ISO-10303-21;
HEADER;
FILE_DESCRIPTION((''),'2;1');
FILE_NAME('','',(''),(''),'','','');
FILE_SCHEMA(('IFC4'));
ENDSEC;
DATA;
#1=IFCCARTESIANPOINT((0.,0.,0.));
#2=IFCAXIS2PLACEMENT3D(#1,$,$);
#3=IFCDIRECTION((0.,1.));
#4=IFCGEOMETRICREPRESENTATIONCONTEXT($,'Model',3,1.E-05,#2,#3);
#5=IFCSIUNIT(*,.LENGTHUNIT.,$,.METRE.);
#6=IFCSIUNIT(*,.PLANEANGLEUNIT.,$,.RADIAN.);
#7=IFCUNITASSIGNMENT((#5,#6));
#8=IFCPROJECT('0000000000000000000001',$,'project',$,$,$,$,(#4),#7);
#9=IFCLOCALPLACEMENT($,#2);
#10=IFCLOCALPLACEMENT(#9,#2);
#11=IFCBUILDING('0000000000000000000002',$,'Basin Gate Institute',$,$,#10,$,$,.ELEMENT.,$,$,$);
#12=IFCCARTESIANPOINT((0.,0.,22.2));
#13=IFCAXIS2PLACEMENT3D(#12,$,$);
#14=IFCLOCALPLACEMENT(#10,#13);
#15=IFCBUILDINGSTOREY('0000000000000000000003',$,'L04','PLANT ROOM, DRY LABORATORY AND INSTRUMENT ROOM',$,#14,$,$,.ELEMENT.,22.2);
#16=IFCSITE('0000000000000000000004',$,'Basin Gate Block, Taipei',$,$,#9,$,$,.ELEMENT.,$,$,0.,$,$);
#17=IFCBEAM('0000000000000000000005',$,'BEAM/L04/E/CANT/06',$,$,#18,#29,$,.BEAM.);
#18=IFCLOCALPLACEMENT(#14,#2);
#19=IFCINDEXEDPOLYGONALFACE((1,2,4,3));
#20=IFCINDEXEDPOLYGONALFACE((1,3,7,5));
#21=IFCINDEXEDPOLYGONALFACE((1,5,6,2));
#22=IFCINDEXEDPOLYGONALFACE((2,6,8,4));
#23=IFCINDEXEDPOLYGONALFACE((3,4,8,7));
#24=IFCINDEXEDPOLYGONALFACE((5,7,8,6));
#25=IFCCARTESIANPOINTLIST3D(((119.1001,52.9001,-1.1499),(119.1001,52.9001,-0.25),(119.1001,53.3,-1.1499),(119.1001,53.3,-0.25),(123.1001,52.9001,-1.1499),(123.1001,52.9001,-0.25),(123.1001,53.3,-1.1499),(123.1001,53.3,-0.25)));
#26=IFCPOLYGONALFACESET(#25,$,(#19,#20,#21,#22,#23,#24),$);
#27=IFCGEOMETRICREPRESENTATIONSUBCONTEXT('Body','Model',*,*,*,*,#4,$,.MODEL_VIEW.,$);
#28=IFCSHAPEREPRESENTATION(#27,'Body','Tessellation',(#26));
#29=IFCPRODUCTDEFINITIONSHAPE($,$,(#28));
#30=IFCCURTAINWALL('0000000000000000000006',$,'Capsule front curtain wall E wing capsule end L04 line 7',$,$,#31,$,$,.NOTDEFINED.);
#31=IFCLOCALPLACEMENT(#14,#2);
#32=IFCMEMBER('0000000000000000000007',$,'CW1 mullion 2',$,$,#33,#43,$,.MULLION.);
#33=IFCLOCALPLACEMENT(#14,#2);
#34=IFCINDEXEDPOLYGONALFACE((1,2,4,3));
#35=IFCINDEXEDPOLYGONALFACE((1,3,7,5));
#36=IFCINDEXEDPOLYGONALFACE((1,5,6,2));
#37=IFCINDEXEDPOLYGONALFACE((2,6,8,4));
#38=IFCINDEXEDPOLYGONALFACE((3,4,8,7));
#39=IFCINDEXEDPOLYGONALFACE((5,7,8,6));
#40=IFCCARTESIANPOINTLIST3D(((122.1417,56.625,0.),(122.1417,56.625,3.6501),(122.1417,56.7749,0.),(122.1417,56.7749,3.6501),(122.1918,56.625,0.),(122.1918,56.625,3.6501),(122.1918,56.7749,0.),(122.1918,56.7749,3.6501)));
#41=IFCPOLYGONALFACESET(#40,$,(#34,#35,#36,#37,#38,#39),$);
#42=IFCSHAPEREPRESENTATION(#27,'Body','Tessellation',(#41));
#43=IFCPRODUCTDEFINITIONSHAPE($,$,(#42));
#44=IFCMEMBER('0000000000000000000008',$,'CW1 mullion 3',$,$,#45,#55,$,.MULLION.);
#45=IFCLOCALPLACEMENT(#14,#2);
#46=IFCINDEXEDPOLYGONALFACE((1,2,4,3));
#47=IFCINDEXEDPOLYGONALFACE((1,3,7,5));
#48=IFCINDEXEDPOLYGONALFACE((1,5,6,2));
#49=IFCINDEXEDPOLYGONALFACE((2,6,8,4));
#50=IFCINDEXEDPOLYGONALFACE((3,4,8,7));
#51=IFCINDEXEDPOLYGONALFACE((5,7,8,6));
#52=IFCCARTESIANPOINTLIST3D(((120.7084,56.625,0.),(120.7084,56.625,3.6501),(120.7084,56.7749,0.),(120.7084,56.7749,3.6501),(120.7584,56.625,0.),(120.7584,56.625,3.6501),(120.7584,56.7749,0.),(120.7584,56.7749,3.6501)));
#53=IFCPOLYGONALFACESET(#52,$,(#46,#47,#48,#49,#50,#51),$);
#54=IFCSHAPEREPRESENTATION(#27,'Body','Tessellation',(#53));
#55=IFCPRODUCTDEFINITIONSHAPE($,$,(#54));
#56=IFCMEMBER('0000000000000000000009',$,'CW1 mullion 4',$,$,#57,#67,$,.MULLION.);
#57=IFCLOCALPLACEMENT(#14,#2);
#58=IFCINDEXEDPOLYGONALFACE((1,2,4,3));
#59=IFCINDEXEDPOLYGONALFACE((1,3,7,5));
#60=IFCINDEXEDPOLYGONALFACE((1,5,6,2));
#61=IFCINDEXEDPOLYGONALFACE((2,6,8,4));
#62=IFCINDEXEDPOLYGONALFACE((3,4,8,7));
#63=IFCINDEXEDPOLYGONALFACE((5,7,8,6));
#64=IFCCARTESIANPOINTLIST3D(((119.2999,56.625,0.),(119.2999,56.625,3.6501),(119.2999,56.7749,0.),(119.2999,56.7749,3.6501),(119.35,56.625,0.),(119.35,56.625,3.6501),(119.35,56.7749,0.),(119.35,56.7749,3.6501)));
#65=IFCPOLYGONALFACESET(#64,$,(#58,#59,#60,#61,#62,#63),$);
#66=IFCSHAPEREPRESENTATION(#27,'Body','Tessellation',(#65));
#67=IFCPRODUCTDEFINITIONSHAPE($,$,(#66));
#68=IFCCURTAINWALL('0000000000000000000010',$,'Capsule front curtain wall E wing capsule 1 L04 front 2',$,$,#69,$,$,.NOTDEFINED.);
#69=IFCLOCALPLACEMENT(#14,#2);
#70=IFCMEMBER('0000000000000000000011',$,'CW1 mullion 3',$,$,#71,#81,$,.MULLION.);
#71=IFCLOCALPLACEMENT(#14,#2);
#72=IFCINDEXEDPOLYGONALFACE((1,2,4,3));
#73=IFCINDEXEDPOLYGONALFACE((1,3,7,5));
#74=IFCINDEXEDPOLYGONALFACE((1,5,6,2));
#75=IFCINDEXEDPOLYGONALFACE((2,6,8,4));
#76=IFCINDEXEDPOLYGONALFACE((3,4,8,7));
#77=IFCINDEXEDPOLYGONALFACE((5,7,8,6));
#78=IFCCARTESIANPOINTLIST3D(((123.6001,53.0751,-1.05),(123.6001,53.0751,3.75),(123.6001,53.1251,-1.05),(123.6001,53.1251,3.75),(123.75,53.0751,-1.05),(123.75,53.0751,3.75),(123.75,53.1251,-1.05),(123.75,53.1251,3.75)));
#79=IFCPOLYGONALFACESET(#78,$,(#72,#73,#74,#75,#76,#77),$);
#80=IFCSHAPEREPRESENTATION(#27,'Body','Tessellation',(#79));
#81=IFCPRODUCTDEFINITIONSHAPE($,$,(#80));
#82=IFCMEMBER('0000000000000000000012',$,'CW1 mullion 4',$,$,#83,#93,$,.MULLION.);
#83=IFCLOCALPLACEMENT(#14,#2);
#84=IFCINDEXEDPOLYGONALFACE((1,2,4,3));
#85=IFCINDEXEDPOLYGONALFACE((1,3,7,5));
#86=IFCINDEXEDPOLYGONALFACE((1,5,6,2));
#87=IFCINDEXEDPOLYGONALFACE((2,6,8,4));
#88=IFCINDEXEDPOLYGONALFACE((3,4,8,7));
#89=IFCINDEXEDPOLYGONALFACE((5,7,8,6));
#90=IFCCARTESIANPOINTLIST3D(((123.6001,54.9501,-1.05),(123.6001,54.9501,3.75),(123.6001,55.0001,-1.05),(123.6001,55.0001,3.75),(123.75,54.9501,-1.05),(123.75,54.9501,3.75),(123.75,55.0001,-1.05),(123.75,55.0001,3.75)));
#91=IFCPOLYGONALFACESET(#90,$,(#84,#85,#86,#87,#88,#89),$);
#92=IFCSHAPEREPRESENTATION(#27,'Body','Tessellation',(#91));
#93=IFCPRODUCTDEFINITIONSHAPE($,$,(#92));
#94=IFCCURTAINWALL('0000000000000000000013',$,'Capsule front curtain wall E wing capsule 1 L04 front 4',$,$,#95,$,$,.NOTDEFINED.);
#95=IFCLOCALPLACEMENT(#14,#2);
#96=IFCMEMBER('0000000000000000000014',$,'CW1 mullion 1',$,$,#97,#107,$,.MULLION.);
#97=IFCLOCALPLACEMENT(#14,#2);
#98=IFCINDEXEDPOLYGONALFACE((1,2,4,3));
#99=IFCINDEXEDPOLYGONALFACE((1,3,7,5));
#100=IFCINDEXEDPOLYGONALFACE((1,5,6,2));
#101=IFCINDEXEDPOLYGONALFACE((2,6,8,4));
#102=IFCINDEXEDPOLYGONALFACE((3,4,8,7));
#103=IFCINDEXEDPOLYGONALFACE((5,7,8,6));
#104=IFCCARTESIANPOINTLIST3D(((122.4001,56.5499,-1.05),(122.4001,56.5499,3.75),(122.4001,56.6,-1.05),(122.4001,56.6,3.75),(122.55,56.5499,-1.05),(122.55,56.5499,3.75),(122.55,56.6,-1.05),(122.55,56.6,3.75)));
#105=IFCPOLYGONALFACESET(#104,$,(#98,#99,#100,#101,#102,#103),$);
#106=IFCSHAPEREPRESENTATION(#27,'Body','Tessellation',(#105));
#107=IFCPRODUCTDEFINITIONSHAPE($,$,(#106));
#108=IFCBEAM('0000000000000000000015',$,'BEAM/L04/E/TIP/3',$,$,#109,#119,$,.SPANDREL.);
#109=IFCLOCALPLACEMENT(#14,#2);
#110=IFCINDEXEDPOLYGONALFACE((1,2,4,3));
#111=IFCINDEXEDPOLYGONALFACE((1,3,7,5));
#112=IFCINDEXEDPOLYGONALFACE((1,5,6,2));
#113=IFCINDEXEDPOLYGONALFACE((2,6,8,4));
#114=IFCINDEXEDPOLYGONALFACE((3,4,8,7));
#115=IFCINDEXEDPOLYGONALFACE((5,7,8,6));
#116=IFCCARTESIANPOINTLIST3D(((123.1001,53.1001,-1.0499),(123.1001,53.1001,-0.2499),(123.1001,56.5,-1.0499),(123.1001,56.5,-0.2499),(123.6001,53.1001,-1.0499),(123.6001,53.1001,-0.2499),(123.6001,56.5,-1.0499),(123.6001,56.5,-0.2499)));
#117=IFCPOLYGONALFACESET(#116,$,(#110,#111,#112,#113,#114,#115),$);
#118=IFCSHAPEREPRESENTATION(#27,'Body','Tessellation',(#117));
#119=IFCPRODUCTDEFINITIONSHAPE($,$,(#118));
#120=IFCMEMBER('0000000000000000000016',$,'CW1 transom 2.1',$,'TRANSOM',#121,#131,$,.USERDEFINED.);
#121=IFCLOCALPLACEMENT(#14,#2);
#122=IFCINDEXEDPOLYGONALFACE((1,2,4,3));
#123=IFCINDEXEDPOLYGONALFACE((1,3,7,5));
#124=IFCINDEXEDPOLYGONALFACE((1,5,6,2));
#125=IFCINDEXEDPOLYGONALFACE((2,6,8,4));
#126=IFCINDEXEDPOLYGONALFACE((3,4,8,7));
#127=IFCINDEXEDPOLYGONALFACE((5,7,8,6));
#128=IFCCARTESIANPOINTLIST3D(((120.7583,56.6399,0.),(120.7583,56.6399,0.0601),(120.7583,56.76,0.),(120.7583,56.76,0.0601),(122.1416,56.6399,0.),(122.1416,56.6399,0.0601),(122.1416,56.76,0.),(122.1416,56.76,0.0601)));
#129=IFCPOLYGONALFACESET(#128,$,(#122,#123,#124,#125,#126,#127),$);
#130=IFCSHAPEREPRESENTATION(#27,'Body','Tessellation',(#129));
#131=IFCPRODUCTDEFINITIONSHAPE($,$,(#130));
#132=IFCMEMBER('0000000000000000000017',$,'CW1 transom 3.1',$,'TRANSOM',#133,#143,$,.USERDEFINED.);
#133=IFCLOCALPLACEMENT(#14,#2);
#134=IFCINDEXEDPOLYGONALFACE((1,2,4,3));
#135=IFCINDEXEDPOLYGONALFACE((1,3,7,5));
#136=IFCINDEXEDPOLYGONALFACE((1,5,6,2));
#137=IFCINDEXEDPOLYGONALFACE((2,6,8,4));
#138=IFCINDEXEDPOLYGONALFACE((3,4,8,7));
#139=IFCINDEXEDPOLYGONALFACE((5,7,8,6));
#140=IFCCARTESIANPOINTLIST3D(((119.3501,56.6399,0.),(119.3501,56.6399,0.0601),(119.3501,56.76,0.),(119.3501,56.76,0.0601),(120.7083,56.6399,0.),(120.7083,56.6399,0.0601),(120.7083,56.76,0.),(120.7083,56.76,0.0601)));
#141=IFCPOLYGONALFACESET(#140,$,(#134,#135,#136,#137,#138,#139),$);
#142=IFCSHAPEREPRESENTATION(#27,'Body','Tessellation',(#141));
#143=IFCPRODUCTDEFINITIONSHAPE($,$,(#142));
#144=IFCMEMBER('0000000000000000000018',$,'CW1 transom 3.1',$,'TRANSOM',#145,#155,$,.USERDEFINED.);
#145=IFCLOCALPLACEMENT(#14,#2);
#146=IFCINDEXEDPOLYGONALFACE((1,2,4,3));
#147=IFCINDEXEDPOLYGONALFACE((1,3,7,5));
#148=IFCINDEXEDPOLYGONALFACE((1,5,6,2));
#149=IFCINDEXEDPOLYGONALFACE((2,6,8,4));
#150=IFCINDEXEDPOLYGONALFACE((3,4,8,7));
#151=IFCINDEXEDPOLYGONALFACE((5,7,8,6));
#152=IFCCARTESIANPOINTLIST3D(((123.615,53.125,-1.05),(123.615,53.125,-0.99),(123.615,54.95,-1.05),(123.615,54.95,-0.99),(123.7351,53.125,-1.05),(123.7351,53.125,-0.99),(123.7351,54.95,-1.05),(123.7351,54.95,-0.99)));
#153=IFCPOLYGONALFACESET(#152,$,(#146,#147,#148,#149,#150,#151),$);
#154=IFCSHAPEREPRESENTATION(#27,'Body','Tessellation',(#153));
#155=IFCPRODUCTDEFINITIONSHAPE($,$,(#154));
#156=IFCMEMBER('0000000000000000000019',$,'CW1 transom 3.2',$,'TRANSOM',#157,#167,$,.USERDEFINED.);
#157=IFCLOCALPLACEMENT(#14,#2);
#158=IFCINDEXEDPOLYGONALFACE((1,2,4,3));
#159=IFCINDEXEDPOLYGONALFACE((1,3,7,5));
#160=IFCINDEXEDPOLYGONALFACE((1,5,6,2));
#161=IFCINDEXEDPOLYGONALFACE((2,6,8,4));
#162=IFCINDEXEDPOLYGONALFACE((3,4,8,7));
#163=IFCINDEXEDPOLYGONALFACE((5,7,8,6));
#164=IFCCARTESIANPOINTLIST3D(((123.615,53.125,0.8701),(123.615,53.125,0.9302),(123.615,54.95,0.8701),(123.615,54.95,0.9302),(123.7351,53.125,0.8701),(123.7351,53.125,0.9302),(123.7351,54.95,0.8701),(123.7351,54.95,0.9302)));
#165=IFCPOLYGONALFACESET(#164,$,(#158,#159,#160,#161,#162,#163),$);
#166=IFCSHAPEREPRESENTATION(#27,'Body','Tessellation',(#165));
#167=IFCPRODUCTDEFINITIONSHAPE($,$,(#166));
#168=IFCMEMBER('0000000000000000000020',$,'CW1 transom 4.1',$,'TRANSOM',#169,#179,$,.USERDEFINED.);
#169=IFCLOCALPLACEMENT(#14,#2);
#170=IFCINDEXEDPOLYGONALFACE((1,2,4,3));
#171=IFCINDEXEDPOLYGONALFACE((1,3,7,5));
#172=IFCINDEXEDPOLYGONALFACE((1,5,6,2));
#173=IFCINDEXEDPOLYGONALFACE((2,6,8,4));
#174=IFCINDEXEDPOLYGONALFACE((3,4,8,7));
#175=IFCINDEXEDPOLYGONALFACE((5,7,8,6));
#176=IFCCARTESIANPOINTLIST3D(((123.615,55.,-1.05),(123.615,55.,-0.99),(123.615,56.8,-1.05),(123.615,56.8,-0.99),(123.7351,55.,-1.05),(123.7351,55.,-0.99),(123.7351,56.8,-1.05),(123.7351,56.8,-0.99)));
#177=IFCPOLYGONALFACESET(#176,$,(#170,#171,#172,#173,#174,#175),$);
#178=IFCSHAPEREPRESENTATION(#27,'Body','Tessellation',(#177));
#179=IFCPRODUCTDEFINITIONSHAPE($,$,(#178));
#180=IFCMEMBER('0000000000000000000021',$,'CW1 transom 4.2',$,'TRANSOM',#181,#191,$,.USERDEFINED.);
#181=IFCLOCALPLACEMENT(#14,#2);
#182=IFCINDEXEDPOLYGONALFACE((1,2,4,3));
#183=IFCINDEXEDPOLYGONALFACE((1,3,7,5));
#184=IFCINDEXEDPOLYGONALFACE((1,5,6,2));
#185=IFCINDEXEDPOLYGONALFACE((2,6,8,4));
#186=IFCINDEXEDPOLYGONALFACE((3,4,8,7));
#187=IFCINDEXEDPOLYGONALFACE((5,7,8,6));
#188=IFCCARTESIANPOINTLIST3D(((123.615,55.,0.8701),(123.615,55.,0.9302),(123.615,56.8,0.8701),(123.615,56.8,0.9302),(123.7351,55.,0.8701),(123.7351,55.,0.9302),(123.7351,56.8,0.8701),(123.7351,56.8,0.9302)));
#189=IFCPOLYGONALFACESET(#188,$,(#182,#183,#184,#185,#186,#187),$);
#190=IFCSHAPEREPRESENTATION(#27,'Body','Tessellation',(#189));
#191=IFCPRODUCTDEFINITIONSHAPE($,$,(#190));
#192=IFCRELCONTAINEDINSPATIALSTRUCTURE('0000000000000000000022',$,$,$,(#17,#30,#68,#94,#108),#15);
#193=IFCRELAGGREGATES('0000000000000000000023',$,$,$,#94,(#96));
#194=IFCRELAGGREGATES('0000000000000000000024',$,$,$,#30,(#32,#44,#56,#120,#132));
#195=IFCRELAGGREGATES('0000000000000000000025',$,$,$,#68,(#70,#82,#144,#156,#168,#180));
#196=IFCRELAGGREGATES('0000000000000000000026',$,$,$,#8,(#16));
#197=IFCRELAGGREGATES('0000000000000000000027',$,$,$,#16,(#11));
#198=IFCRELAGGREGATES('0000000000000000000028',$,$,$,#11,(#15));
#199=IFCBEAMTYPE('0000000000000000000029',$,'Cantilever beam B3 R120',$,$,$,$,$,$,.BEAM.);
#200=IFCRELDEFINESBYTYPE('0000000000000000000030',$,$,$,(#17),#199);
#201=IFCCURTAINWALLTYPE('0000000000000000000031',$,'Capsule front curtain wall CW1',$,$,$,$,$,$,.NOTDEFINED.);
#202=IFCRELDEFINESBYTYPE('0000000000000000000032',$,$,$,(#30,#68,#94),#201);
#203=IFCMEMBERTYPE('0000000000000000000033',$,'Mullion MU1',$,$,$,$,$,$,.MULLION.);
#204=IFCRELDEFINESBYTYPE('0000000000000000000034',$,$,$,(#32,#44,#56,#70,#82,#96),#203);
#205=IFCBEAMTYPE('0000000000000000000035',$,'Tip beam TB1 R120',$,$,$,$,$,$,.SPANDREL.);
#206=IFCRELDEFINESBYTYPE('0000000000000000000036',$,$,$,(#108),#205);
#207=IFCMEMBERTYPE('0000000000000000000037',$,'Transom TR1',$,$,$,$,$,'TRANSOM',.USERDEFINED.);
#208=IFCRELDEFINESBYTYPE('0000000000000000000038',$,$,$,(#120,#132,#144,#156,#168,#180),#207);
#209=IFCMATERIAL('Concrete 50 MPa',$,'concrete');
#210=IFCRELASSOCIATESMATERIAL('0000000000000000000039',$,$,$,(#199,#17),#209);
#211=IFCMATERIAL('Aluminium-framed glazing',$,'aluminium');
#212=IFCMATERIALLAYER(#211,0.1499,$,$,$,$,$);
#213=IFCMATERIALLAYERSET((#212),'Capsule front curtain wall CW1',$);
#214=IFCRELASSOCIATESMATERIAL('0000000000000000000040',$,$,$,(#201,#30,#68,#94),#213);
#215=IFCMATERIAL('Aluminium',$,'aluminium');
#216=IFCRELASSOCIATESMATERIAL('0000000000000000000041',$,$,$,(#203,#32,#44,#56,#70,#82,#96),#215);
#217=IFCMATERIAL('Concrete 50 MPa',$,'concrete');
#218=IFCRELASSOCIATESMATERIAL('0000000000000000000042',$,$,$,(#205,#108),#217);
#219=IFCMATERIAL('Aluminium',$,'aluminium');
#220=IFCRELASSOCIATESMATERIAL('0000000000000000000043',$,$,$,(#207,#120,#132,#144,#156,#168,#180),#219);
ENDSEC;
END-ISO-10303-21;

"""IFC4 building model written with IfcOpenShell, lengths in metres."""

from ifc_helpers import new_model, si_unit, direction, frame, origin, origin_2d, place, context, subcontext, project, spatial, rectangle, extrude, material, layer, layer_set, material_profile, profile_set, type_object, element, aggregate, save


model = new_model("IFC4")

# Units and contexts
model_context = context("Model", 3, precision=1e-05, world=origin(), true_north=direction((0.0, 1.0)))
body_context = subcontext(model_context, "Body", "Model", "MODEL_VIEW")
ifc_project = project(units=[si_unit("LENGTHUNIT", "METRE"), si_unit("PLANEANGLEUNIT", "RADIAN")], contexts=[model_context])

# Site, building, storey
site_placement = place(None, origin())
site = spatial("IfcSite", under=ifc_project, at=site_placement, Name="Basin Gate Block, Taipei", CompositionType="ELEMENT", RefElevation=0.0)
building_placement = place(site_placement, origin())
building = spatial("IfcBuilding", under=site, at=building_placement, Name="Basin Gate Institute", CompositionType="ELEMENT")
storey_placement = place(building_placement, frame((0.0, 0.0, 22.2)))
storey = spatial("IfcBuildingStorey", under=building, at=storey_placement, Name="L04", Description="PLANT ROOM, DRY LABORATORY AND INSTRUMENT ROOM", CompositionType="ELEMENT", Elevation=22.2)

# Beam
ifc_material_1 = material(Name="Concrete 50 MPa", Category="concrete")
ifc_material_profile_1 = material_profile(ifc_material_1, rectangle(XDim=0.3999, YDim=0.8999, at=origin_2d()), Name="Cantilever beam B3 400 x 900")
ifc_profile_set_1 = profile_set([ifc_material_profile_1], Name="Concrete 50 MPa")
beam_type_1 = type_object("IfcBeamType", Name="Cantilever beam B3 R120", PredefinedType="BEAM", material=ifc_profile_set_1)
beam_1_placement = place(storey_placement, frame((123.1001, 53.1001, -0.7), z_axis=(-1.0, 0.0, 0.0), x_axis=(0.0, -1.0, 0.0)))
element("IfcBeam", 1, at=beam_1_placement, inside=storey, type_object=beam_type_1, material=ifc_profile_set_1, Name="BEAM/L04/E/CANT/06", PredefinedType="BEAM", context=body_context, shape_type="SweptSolid", body=[
    extrude(rectangle(XDim=0.3999, YDim=0.8999, at=origin_2d()), origin(), (0.0, 0.0, 1.0), 4.0),
])

# Curtain walls, members
ifc_material_2 = material(Name="Aluminium-framed glazing", Category="aluminium")
ifc_layer_1 = layer(ifc_material_2, 0.1499)
ifc_layer_set_1 = layer_set([ifc_layer_1], Name="Capsule front curtain wall CW1")
curtain_wall_type = type_object("IfcCurtainWallType", Name="Capsule front curtain wall CW1", PredefinedType="NOTDEFINED", material=ifc_layer_set_1)
curtain_wall_1_placement = place(storey_placement, origin())
curtain_wall_1 = element("IfcCurtainWall", 2, at=curtain_wall_1_placement, inside=storey, type_object=curtain_wall_type, material=ifc_layer_set_1, Name="Capsule front curtain wall E wing capsule end L04 line 7", PredefinedType="NOTDEFINED")
ifc_material_3 = material(Name="Aluminium", Category="aluminium")
ifc_material_profile_2 = material_profile(ifc_material_3, rectangle(XDim=0.1499, YDim=0.05, at=origin_2d()), Name="Mullion MU1 150 x 50")
ifc_profile_set_2 = profile_set([ifc_material_profile_2], Name="Aluminium")
member_type_1 = type_object("IfcMemberType", Name="Mullion MU1", PredefinedType="MULLION", material=ifc_profile_set_2)
member_1_placement = place(storey_placement, frame((122.1667, 56.7, 0.0), z_axis=(0.0, 0.0, 1.0), x_axis=(0.0, -1.0, 0.0)))
member_1 = element("IfcMember", 3, at=member_1_placement, type_object=member_type_1, material=ifc_profile_set_2, Name="CW1 mullion 2", PredefinedType="MULLION", context=body_context, shape_type="SweptSolid", body=[
    extrude(rectangle(XDim=0.1499, YDim=0.05, at=origin_2d()), origin(), (0.0, 0.0, 1.0), 3.6501),
])
member_2_placement = place(storey_placement, frame((120.7334, 56.7, 0.0), z_axis=(0.0, 0.0, 1.0), x_axis=(0.0, -1.0, 0.0)))
member_2 = element("IfcMember", 4, at=member_2_placement, type_object=member_type_1, material=ifc_profile_set_2, Name="CW1 mullion 3", PredefinedType="MULLION", context=body_context, shape_type="SweptSolid", body=[
    extrude(rectangle(XDim=0.1499, YDim=0.05, at=origin_2d()), origin(), (0.0, 0.0, 1.0), 3.6501),
])
member_3_placement = place(storey_placement, frame((119.325, 56.7, 0.0), z_axis=(0.0, 0.0, 1.0), x_axis=(0.0, -1.0, 0.0)))
member_3 = element("IfcMember", 5, at=member_3_placement, type_object=member_type_1, material=ifc_profile_set_2, Name="CW1 mullion 4", PredefinedType="MULLION", context=body_context, shape_type="SweptSolid", body=[
    extrude(rectangle(XDim=0.1499, YDim=0.05, at=origin_2d()), origin(), (0.0, 0.0, 1.0), 3.6501),
])
curtain_wall_2_placement = place(storey_placement, origin())
curtain_wall_2 = element("IfcCurtainWall", 6, at=curtain_wall_2_placement, inside=storey, type_object=curtain_wall_type, material=ifc_layer_set_1, Name="Capsule front curtain wall E wing capsule 1 L04 front 2", PredefinedType="NOTDEFINED")
member_4_placement = place(storey_placement, frame((123.675, 53.1001, -1.05), z_axis=(0.0, 0.0, 1.0), x_axis=(-1.0, 0.0, 0.0)))
member_4 = element("IfcMember", 7, at=member_4_placement, type_object=member_type_1, material=ifc_profile_set_2, Name="CW1 mullion 3", PredefinedType="MULLION", context=body_context, shape_type="SweptSolid", body=[
    extrude(rectangle(XDim=0.1499, YDim=0.05, at=origin_2d()), origin(), (0.0, 0.0, 1.0), 4.8),
])
member_5_placement = place(storey_placement, frame((123.675, 54.9751, -1.05), z_axis=(0.0, 0.0, 1.0), x_axis=(-1.0, 0.0, 0.0)))
member_5 = element("IfcMember", 8, at=member_5_placement, type_object=member_type_1, material=ifc_profile_set_2, Name="CW1 mullion 4", PredefinedType="MULLION", context=body_context, shape_type="SweptSolid", body=[
    extrude(rectangle(XDim=0.1499, YDim=0.05, at=origin_2d()), origin(), (0.0, 0.0, 1.0), 4.8),
])

# Curtain wall, member
curtain_wall_3_placement = place(storey_placement, origin())
curtain_wall_3 = element("IfcCurtainWall", 9, at=curtain_wall_3_placement, inside=storey, type_object=curtain_wall_type, material=ifc_layer_set_1, Name="Capsule front curtain wall E wing capsule 1 L04 front 4", PredefinedType="NOTDEFINED")
member_6_placement = place(storey_placement, frame((122.4751, 56.575, -1.05), z_axis=(0.0, 0.0, 1.0), x_axis=(-1.0, 0.0, 0.0)))
member_6 = element("IfcMember", 10, at=member_6_placement, type_object=member_type_1, material=ifc_profile_set_2, Name="CW1 mullion 1", PredefinedType="MULLION", context=body_context, shape_type="SweptSolid", body=[
    extrude(rectangle(XDim=0.1499, YDim=0.05, at=origin_2d()), origin(), (0.0, 0.0, 1.0), 4.8),
])

# Beam
ifc_material_4 = material(Name="Concrete 50 MPa", Category="concrete")
ifc_material_profile_3 = material_profile(ifc_material_4, rectangle(XDim=0.5, YDim=0.8, at=origin_2d()), Name="Tip beam TB1 500 x 800")
ifc_profile_set_3 = profile_set([ifc_material_profile_3], Name="Concrete 50 MPa")
beam_type_2 = type_object("IfcBeamType", Name="Tip beam TB1 R120", PredefinedType="SPANDREL", material=ifc_profile_set_3)
beam_2_placement = place(storey_placement, frame((123.3501, 53.1001, -0.6499), z_axis=(0.0, 1.0, 0.0), x_axis=(-1.0, 0.0, 0.0)))
element("IfcBeam", 11, at=beam_2_placement, inside=storey, type_object=beam_type_2, material=ifc_profile_set_3, Name="BEAM/L04/E/TIP/3", PredefinedType="SPANDREL", context=body_context, shape_type="SweptSolid", body=[
    extrude(rectangle(XDim=0.5, YDim=0.8, at=origin_2d()), origin(), (0.0, 0.0, 1.0), 3.3999),
])

# Members
ifc_material_5 = material(Name="Aluminium", Category="aluminium")
ifc_material_profile_4 = material_profile(ifc_material_5, rectangle(XDim=0.1201, YDim=0.0601, at=origin_2d()), Name="Transom TR1 120 x 60")
ifc_profile_set_4 = profile_set([ifc_material_profile_4], Name="Aluminium")
member_type_2 = type_object("IfcMemberType", Name="Transom TR1", ElementType="TRANSOM", PredefinedType="USERDEFINED", material=ifc_profile_set_4)
member_7_placement = place(storey_placement, frame((122.1416, 56.7, 0.03), z_axis=(-1.0, 0.0, 0.0), x_axis=(0.0, -1.0, 0.0)))
member_7 = element("IfcMember", 12, at=member_7_placement, type_object=member_type_2, material=ifc_profile_set_4, Name="CW1 transom 2.1", ObjectType="TRANSOM", PredefinedType="USERDEFINED", context=body_context, shape_type="SweptSolid", body=[
    extrude(rectangle(XDim=0.1201, YDim=0.0601, at=origin_2d()), origin(), (0.0, 0.0, 1.0), 1.3833),
])
member_8_placement = place(storey_placement, frame((120.7083, 56.7, 0.03), z_axis=(-1.0, 0.0, 0.0), x_axis=(0.0, -1.0, 0.0)))
member_8 = element("IfcMember", 13, at=member_8_placement, type_object=member_type_2, material=ifc_profile_set_4, Name="CW1 transom 3.1", ObjectType="TRANSOM", PredefinedType="USERDEFINED", context=body_context, shape_type="SweptSolid", body=[
    extrude(rectangle(XDim=0.1201, YDim=0.0601, at=origin_2d()), origin(), (0.0, 0.0, 1.0), 1.3582),
])
member_9_placement = place(storey_placement, frame((123.675, 53.125, -1.02), z_axis=(0.0, 1.0, 0.0), x_axis=(-1.0, 0.0, 0.0)))
member_9 = element("IfcMember", 14, at=member_9_placement, type_object=member_type_2, material=ifc_profile_set_4, Name="CW1 transom 3.1", ObjectType="TRANSOM", PredefinedType="USERDEFINED", context=body_context, shape_type="SweptSolid", body=[
    extrude(rectangle(XDim=0.1201, YDim=0.0601, at=origin_2d()), origin(), (0.0, 0.0, 1.0), 1.825),
])
member_10_placement = place(storey_placement, frame((123.675, 53.125, 0.9001), z_axis=(0.0, 1.0, 0.0), x_axis=(-1.0, 0.0, 0.0)))
member_10 = element("IfcMember", 15, at=member_10_placement, type_object=member_type_2, material=ifc_profile_set_4, Name="CW1 transom 3.2", ObjectType="TRANSOM", PredefinedType="USERDEFINED", context=body_context, shape_type="SweptSolid", body=[
    extrude(rectangle(XDim=0.1201, YDim=0.0601, at=origin_2d()), origin(), (0.0, 0.0, 1.0), 1.825),
])
member_11_placement = place(storey_placement, frame((123.675, 55.0, -1.02), z_axis=(0.0, 1.0, 0.0), x_axis=(-1.0, 0.0, 0.0)))
member_11 = element("IfcMember", 16, at=member_11_placement, type_object=member_type_2, material=ifc_profile_set_4, Name="CW1 transom 4.1", ObjectType="TRANSOM", PredefinedType="USERDEFINED", context=body_context, shape_type="SweptSolid", body=[
    extrude(rectangle(XDim=0.1201, YDim=0.0601, at=origin_2d()), origin(), (0.0, 0.0, 1.0), 1.8),
])
member_12_placement = place(storey_placement, frame((123.675, 55.0, 0.9001), z_axis=(0.0, 1.0, 0.0), x_axis=(-1.0, 0.0, 0.0)))
member_12 = element("IfcMember", 17, at=member_12_placement, type_object=member_type_2, material=ifc_profile_set_4, Name="CW1 transom 4.2", ObjectType="TRANSOM", PredefinedType="USERDEFINED", context=body_context, shape_type="SweptSolid", body=[
    extrude(rectangle(XDim=0.1201, YDim=0.0601, at=origin_2d()), origin(), (0.0, 0.0, 1.0), 1.8),
])
aggregate(curtain_wall_3, [member_6])

aggregate(curtain_wall_1, [member_1, member_2, member_3, member_7, member_8])
aggregate(curtain_wall_2, [member_4, member_5, member_9, member_10, member_11, member_12])

save(model, "model.ifc")
